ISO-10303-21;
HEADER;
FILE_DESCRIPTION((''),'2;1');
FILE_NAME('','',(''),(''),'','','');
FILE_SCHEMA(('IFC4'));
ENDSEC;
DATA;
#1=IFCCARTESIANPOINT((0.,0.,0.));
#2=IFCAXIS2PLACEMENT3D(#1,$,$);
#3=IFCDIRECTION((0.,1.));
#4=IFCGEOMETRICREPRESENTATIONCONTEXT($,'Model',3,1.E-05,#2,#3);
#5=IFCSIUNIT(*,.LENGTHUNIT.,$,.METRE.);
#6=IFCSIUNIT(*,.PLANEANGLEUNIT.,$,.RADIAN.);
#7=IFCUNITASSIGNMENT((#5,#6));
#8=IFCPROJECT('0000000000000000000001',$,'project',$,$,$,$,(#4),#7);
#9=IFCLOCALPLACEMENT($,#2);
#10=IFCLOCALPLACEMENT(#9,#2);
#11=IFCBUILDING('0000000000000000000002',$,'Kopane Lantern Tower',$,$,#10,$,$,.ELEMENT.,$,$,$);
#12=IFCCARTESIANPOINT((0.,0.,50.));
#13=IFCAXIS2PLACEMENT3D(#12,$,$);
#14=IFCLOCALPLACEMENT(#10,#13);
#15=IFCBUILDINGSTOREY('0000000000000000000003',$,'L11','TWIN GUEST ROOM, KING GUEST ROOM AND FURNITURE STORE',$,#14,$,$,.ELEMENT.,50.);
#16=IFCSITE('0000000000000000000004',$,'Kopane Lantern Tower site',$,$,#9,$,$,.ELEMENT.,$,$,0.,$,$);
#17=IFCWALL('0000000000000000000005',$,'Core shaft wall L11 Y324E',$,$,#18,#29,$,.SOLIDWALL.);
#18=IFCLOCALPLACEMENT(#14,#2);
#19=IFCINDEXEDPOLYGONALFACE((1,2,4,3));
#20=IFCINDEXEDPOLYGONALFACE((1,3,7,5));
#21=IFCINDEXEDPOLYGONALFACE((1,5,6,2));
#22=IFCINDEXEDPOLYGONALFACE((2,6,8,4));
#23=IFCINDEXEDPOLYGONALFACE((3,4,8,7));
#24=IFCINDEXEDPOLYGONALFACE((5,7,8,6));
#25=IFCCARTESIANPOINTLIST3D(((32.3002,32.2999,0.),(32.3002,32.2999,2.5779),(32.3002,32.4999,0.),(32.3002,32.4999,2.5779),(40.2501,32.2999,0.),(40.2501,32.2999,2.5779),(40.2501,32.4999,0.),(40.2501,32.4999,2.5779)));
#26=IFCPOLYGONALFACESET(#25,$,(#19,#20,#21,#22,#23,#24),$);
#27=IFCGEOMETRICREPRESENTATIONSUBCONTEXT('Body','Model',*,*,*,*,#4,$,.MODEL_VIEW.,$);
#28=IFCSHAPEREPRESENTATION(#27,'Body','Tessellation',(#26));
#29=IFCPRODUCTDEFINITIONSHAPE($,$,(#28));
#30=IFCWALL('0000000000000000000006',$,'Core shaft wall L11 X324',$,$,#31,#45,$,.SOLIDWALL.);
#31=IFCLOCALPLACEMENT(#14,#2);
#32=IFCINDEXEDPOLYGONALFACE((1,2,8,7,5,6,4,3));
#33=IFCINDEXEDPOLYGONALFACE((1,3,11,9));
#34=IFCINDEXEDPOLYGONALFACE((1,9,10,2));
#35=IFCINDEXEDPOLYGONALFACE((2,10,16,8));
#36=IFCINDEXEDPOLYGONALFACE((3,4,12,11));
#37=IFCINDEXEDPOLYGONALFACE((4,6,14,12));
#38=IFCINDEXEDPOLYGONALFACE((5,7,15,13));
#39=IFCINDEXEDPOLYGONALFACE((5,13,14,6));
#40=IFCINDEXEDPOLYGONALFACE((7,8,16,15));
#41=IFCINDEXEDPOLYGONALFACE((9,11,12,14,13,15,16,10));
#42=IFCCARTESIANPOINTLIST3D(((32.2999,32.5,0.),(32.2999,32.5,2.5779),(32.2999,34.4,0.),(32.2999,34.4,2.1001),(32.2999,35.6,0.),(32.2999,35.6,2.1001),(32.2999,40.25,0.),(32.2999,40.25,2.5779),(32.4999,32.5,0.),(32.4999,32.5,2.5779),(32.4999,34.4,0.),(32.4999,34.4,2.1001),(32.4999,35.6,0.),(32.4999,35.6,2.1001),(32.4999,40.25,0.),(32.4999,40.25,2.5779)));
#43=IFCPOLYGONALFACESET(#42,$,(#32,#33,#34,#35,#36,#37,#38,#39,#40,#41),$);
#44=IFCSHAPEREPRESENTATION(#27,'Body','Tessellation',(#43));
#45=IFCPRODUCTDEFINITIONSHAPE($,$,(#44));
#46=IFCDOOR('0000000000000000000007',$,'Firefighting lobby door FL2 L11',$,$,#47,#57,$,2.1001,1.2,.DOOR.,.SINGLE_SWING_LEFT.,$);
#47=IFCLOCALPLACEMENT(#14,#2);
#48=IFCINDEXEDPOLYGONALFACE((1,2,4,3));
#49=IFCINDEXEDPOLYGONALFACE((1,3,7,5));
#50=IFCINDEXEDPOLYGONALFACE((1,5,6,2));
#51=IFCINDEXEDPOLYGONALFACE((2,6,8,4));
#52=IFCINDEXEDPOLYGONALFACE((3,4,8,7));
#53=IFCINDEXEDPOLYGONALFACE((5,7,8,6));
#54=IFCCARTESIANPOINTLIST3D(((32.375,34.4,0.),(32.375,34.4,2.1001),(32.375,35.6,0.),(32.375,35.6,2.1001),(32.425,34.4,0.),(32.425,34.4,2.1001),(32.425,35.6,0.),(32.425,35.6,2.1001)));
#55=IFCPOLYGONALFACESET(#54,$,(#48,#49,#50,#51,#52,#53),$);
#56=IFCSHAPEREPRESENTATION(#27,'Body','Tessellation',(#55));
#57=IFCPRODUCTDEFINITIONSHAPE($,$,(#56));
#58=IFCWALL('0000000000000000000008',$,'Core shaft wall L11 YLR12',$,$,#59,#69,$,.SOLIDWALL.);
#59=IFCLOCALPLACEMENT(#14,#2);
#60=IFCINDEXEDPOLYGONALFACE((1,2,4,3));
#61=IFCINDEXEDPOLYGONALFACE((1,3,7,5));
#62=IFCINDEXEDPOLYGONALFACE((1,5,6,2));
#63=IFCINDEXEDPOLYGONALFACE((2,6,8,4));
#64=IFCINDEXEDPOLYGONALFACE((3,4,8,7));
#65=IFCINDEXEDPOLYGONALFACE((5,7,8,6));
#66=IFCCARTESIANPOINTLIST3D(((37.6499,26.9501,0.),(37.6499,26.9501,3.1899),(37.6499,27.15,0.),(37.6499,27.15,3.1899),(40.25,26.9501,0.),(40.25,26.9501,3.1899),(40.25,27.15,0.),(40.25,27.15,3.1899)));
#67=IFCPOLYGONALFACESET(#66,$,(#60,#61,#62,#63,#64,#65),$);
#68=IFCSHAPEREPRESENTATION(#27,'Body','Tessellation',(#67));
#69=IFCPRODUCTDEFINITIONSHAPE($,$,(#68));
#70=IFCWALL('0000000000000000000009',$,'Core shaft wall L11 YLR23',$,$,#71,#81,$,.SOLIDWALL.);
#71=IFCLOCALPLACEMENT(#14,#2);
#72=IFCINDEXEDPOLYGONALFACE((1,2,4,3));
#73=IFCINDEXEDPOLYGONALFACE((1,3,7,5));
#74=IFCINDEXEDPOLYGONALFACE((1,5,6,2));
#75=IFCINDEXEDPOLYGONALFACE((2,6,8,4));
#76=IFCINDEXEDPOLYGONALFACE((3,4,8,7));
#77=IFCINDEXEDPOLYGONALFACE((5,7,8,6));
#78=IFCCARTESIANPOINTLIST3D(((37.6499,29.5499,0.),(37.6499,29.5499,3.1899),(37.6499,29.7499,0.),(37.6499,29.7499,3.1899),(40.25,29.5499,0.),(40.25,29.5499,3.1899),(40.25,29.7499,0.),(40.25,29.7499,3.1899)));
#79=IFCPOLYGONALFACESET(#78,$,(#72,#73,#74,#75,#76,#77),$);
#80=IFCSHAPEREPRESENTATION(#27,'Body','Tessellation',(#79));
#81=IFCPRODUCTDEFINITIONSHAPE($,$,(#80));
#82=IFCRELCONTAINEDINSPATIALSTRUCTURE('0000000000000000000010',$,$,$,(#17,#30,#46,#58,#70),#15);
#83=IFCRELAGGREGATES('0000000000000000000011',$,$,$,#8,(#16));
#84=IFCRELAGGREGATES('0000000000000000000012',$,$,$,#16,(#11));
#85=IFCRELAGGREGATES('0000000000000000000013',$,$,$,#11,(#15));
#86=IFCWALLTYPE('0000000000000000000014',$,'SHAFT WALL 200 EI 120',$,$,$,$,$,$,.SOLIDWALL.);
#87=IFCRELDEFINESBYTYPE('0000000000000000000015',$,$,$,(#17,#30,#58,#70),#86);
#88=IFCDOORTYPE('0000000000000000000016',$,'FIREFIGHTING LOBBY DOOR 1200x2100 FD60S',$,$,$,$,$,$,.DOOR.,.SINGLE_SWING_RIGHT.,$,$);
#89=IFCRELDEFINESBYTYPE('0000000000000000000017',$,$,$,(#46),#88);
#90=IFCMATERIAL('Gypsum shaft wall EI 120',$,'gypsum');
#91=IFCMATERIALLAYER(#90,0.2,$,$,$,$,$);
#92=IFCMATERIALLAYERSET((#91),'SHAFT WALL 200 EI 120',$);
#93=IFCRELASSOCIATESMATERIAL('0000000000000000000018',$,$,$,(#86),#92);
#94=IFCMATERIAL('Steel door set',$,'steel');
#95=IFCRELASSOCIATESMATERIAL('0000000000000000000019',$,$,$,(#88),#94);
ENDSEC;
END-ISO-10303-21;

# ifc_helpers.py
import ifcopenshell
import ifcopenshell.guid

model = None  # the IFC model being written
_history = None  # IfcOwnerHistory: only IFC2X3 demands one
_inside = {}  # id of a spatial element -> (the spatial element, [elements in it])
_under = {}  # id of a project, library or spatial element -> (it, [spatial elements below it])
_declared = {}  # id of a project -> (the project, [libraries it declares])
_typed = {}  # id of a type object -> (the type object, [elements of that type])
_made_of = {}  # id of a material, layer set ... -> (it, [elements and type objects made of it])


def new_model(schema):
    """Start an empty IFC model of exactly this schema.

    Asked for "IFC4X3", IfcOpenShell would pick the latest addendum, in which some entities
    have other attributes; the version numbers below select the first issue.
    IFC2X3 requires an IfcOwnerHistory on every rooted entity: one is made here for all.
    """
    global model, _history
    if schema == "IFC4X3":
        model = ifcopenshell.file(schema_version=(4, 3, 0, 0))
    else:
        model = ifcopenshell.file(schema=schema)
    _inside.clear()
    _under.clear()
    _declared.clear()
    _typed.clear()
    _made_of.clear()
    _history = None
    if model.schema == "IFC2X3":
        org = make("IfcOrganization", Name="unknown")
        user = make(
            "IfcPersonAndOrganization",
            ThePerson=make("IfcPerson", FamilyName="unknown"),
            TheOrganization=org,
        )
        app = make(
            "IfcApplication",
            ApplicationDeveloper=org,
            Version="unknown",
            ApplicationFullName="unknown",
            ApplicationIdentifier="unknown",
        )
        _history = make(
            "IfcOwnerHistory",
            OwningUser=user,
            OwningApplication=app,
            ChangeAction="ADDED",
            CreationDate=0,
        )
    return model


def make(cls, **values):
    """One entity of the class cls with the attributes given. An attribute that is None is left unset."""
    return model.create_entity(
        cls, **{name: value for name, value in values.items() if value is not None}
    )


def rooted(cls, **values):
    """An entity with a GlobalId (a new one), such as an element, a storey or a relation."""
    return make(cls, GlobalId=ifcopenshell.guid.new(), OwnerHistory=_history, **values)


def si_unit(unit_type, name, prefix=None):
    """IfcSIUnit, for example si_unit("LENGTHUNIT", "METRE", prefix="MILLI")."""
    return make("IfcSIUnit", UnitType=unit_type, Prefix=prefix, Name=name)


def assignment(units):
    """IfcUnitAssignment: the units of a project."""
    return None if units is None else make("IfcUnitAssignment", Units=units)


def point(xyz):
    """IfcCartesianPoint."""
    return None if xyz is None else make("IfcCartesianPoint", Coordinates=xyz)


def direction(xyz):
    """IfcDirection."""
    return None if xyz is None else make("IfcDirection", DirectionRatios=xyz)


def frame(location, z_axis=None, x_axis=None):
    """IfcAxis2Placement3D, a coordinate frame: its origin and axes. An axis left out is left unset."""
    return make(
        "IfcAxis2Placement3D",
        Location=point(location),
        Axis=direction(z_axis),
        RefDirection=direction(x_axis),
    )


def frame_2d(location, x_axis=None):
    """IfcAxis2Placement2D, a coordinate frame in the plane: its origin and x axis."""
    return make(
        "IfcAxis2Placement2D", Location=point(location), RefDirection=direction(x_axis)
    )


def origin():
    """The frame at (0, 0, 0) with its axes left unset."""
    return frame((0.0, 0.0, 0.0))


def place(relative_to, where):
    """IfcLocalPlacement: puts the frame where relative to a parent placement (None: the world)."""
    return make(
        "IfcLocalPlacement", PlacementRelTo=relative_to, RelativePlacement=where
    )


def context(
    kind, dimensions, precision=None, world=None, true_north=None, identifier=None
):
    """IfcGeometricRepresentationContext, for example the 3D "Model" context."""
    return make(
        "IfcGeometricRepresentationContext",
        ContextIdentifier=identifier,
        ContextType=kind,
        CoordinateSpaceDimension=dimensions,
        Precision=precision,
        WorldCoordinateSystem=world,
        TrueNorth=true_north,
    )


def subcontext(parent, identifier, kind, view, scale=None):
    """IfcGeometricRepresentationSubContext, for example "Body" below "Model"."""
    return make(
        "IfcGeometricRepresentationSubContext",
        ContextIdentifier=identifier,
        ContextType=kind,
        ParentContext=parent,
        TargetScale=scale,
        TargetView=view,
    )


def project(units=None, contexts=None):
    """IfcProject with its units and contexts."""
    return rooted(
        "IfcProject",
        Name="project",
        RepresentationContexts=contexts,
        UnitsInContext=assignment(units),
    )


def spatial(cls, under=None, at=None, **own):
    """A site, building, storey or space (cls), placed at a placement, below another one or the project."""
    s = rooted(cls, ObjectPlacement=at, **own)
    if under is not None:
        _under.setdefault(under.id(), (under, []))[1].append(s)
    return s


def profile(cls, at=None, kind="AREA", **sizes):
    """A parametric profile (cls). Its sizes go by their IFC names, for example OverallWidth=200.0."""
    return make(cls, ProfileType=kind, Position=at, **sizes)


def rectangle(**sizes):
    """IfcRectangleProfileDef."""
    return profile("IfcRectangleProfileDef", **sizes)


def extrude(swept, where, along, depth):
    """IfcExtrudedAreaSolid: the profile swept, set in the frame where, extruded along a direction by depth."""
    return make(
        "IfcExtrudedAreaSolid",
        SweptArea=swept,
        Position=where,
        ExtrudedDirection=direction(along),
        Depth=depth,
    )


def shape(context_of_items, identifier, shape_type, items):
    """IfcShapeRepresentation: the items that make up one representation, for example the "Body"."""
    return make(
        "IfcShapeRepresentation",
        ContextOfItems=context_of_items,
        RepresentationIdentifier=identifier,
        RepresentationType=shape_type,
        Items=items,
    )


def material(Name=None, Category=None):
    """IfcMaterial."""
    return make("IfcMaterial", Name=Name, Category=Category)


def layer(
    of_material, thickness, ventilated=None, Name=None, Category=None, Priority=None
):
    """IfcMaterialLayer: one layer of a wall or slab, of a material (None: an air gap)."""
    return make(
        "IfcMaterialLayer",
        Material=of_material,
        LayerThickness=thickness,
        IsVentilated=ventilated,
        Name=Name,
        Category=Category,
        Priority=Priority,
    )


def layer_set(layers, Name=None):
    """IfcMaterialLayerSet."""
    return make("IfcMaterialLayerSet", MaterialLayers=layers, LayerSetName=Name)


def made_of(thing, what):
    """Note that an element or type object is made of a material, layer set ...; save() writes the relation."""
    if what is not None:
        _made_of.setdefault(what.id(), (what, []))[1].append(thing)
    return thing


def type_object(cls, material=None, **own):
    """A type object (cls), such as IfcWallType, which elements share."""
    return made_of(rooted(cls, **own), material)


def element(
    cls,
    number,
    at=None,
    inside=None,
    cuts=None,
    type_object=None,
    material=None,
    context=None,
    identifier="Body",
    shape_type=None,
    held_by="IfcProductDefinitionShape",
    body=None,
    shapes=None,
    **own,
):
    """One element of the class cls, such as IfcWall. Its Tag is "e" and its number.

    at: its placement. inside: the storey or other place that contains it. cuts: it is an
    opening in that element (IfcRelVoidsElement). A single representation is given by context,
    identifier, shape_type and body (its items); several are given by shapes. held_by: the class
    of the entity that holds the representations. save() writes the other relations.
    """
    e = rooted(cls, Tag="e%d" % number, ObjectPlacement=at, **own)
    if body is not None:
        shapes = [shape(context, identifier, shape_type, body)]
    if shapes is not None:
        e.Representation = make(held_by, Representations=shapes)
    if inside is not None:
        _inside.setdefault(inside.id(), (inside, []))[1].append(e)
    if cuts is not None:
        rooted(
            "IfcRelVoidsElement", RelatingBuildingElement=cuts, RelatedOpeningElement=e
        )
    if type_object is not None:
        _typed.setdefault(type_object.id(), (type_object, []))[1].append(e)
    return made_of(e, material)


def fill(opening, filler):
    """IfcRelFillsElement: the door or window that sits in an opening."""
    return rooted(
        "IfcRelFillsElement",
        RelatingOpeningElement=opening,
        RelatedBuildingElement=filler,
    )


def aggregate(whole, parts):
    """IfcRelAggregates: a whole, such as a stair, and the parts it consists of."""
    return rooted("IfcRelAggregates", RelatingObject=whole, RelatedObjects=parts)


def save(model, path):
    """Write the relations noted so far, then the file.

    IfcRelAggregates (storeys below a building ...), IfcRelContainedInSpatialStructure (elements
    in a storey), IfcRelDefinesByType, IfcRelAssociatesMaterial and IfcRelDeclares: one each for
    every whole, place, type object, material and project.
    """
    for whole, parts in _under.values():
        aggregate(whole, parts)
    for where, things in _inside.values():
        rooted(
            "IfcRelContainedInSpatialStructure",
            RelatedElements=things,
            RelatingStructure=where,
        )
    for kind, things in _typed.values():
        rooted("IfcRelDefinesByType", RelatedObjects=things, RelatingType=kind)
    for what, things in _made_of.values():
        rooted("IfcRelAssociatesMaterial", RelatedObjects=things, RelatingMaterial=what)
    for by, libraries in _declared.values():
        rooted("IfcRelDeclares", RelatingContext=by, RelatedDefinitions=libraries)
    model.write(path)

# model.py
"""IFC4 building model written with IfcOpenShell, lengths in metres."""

from ifc_helpers import new_model, si_unit, direction, frame, frame_2d, origin, place, context, subcontext, project, spatial, rectangle, extrude, material, layer, layer_set, type_object, element, fill, save


model = new_model("IFC4")

# Units and contexts
model_context = context("Model", 3, precision=1e-05, world=origin(), true_north=direction((0.0, 1.0)))
body_context = subcontext(model_context, "Body", "Model", "MODEL_VIEW")
ifc_project = project(units=[si_unit("LENGTHUNIT", "METRE"), si_unit("PLANEANGLEUNIT", "RADIAN")], contexts=[model_context])

# Site, building, storey
site_placement = place(None, origin())
site = spatial("IfcSite", under=ifc_project, at=site_placement, Name="Kopane Lantern Tower site", CompositionType="ELEMENT", RefElevation=0.0)
building_placement = place(site_placement, origin())
building = spatial("IfcBuilding", under=site, at=building_placement, Name="Kopane Lantern Tower", CompositionType="ELEMENT")
storey_placement = place(building_placement, frame((0.0, 0.0, 50.0)))
storey = spatial("IfcBuildingStorey", under=building, at=storey_placement, Name="L11", Description="TWIN GUEST ROOM, KING GUEST ROOM AND FURNITURE STORE", CompositionType="ELEMENT", Elevation=50.0)

# Wall
ifc_material_1 = material(Name="Gypsum shaft wall EI 120", Category="gypsum")
ifc_layer_1 = layer(ifc_material_1, 0.2)
ifc_layer_set_1 = layer_set([ifc_layer_1], Name="SHAFT WALL 200 EI 120")
wall_type_1 = type_object("IfcWallType", Name="SHAFT WALL 200 EI 120", PredefinedType="SOLIDWALL", material=ifc_layer_set_1)
wall_1_placement = place(storey_placement, frame((32.3, 32.3999, 0.0), z_axis=(0.0, 0.0, 1.0), x_axis=(1.0, 0.0, 0.0)))
element("IfcWall", 1, at=wall_1_placement, inside=storey, type_object=wall_type_1, Name="Core shaft wall L11 Y324E", PredefinedType="SOLIDWALL", context=body_context, shape_type="SweptSolid", body=[
    extrude(rectangle(XDim=7.95, YDim=0.2, at=frame_2d((3.9751, 0.0))), origin(), (0.0, 0.0, 1.0), 2.5779),
])

# Wall, opening, door
wall_2_placement = place(storey_placement, frame((32.3999, 32.5, 0.0), z_axis=(0.0, 0.0, 1.0), x_axis=(0.0, 1.0, 0.0)))
wall_2 = element("IfcWall", 2, at=wall_2_placement, inside=storey, type_object=wall_type_1, Name="Core shaft wall L11 X324", PredefinedType="SOLIDWALL", context=body_context, shape_type="SweptSolid", body=[
    extrude(rectangle(XDim=7.75, YDim=0.2, at=frame_2d((3.875, 0.0))), origin(), (0.0, 0.0, 1.0), 2.5779),
])
opening_1_placement = place(wall_2_placement, frame((1.8999, 0.0, 0.0)))
opening_1 = element("IfcOpeningElement", 3, at=opening_1_placement, cuts=wall_2, PredefinedType="OPENING", context=body_context, shape_type="SweptSolid", body=[
    extrude(rectangle(XDim=1.2, YDim=2.1001, at=frame_2d((0.6001, 1.05))), frame((0.0, 0.1099, 0.0), z_axis=(0.0, -1.0, 0.0), x_axis=(1.0, 0.0, 0.0)), (0.0, 0.0, 1.0), 0.22),
])
ifc_material_2 = material(Name="Steel door set", Category="steel")
door_type_1 = type_object("IfcDoorType", Name="FIREFIGHTING LOBBY DOOR 1200x2100 FD60S", OperationType="SINGLE_SWING_RIGHT", PredefinedType="DOOR", material=ifc_material_2)
door_1_placement = place(opening_1_placement, origin())
door_1 = element("IfcDoor", 4, at=door_1_placement, inside=storey, type_object=door_type_1, Name="Firefighting lobby door FL2 L11", OperationType="SINGLE_SWING_LEFT", OverallHeight=2.1001, OverallWidth=1.2, PredefinedType="DOOR", context=body_context, shape_type="SweptSolid", body=[
    extrude(rectangle(XDim=1.2, YDim=2.1001, at=frame_2d((0.6001, 1.05))), frame((0.0, 0.0249, 0.0), z_axis=(0.0, -1.0, 0.0), x_axis=(1.0, 0.0, 0.0)), (0.0, 0.0, 1.0), 0.05),
])
fill(opening_1, door_1)

# Walls
for number, where, z_axis, x_axis, name in (
    (5, (37.6499, 27.05, 0.0), (0.0, 0.0, 1.0), (1.0, 0.0, 0.0), "Core shaft wall L11 YLR12"),
    (6, (37.6499, 29.6499, 0.0), (0.0, 0.0, 1.0), (1.0, 0.0, 0.0), "Core shaft wall L11 YLR23"),
):
    element("IfcWall", number, at=place(storey_placement, frame(where, z_axis=z_axis, x_axis=x_axis)), inside=storey, type_object=wall_type_1, Name=name, PredefinedType="SOLIDWALL", context=body_context, shape_type="SweptSolid", body=[
        extrude(rectangle(XDim=2.6001, YDim=0.2, at=frame_2d((1.3, 0.0))), origin(), (0.0, 0.0, 1.0), 3.1899),
    ])

save(model, "model.ifc")
